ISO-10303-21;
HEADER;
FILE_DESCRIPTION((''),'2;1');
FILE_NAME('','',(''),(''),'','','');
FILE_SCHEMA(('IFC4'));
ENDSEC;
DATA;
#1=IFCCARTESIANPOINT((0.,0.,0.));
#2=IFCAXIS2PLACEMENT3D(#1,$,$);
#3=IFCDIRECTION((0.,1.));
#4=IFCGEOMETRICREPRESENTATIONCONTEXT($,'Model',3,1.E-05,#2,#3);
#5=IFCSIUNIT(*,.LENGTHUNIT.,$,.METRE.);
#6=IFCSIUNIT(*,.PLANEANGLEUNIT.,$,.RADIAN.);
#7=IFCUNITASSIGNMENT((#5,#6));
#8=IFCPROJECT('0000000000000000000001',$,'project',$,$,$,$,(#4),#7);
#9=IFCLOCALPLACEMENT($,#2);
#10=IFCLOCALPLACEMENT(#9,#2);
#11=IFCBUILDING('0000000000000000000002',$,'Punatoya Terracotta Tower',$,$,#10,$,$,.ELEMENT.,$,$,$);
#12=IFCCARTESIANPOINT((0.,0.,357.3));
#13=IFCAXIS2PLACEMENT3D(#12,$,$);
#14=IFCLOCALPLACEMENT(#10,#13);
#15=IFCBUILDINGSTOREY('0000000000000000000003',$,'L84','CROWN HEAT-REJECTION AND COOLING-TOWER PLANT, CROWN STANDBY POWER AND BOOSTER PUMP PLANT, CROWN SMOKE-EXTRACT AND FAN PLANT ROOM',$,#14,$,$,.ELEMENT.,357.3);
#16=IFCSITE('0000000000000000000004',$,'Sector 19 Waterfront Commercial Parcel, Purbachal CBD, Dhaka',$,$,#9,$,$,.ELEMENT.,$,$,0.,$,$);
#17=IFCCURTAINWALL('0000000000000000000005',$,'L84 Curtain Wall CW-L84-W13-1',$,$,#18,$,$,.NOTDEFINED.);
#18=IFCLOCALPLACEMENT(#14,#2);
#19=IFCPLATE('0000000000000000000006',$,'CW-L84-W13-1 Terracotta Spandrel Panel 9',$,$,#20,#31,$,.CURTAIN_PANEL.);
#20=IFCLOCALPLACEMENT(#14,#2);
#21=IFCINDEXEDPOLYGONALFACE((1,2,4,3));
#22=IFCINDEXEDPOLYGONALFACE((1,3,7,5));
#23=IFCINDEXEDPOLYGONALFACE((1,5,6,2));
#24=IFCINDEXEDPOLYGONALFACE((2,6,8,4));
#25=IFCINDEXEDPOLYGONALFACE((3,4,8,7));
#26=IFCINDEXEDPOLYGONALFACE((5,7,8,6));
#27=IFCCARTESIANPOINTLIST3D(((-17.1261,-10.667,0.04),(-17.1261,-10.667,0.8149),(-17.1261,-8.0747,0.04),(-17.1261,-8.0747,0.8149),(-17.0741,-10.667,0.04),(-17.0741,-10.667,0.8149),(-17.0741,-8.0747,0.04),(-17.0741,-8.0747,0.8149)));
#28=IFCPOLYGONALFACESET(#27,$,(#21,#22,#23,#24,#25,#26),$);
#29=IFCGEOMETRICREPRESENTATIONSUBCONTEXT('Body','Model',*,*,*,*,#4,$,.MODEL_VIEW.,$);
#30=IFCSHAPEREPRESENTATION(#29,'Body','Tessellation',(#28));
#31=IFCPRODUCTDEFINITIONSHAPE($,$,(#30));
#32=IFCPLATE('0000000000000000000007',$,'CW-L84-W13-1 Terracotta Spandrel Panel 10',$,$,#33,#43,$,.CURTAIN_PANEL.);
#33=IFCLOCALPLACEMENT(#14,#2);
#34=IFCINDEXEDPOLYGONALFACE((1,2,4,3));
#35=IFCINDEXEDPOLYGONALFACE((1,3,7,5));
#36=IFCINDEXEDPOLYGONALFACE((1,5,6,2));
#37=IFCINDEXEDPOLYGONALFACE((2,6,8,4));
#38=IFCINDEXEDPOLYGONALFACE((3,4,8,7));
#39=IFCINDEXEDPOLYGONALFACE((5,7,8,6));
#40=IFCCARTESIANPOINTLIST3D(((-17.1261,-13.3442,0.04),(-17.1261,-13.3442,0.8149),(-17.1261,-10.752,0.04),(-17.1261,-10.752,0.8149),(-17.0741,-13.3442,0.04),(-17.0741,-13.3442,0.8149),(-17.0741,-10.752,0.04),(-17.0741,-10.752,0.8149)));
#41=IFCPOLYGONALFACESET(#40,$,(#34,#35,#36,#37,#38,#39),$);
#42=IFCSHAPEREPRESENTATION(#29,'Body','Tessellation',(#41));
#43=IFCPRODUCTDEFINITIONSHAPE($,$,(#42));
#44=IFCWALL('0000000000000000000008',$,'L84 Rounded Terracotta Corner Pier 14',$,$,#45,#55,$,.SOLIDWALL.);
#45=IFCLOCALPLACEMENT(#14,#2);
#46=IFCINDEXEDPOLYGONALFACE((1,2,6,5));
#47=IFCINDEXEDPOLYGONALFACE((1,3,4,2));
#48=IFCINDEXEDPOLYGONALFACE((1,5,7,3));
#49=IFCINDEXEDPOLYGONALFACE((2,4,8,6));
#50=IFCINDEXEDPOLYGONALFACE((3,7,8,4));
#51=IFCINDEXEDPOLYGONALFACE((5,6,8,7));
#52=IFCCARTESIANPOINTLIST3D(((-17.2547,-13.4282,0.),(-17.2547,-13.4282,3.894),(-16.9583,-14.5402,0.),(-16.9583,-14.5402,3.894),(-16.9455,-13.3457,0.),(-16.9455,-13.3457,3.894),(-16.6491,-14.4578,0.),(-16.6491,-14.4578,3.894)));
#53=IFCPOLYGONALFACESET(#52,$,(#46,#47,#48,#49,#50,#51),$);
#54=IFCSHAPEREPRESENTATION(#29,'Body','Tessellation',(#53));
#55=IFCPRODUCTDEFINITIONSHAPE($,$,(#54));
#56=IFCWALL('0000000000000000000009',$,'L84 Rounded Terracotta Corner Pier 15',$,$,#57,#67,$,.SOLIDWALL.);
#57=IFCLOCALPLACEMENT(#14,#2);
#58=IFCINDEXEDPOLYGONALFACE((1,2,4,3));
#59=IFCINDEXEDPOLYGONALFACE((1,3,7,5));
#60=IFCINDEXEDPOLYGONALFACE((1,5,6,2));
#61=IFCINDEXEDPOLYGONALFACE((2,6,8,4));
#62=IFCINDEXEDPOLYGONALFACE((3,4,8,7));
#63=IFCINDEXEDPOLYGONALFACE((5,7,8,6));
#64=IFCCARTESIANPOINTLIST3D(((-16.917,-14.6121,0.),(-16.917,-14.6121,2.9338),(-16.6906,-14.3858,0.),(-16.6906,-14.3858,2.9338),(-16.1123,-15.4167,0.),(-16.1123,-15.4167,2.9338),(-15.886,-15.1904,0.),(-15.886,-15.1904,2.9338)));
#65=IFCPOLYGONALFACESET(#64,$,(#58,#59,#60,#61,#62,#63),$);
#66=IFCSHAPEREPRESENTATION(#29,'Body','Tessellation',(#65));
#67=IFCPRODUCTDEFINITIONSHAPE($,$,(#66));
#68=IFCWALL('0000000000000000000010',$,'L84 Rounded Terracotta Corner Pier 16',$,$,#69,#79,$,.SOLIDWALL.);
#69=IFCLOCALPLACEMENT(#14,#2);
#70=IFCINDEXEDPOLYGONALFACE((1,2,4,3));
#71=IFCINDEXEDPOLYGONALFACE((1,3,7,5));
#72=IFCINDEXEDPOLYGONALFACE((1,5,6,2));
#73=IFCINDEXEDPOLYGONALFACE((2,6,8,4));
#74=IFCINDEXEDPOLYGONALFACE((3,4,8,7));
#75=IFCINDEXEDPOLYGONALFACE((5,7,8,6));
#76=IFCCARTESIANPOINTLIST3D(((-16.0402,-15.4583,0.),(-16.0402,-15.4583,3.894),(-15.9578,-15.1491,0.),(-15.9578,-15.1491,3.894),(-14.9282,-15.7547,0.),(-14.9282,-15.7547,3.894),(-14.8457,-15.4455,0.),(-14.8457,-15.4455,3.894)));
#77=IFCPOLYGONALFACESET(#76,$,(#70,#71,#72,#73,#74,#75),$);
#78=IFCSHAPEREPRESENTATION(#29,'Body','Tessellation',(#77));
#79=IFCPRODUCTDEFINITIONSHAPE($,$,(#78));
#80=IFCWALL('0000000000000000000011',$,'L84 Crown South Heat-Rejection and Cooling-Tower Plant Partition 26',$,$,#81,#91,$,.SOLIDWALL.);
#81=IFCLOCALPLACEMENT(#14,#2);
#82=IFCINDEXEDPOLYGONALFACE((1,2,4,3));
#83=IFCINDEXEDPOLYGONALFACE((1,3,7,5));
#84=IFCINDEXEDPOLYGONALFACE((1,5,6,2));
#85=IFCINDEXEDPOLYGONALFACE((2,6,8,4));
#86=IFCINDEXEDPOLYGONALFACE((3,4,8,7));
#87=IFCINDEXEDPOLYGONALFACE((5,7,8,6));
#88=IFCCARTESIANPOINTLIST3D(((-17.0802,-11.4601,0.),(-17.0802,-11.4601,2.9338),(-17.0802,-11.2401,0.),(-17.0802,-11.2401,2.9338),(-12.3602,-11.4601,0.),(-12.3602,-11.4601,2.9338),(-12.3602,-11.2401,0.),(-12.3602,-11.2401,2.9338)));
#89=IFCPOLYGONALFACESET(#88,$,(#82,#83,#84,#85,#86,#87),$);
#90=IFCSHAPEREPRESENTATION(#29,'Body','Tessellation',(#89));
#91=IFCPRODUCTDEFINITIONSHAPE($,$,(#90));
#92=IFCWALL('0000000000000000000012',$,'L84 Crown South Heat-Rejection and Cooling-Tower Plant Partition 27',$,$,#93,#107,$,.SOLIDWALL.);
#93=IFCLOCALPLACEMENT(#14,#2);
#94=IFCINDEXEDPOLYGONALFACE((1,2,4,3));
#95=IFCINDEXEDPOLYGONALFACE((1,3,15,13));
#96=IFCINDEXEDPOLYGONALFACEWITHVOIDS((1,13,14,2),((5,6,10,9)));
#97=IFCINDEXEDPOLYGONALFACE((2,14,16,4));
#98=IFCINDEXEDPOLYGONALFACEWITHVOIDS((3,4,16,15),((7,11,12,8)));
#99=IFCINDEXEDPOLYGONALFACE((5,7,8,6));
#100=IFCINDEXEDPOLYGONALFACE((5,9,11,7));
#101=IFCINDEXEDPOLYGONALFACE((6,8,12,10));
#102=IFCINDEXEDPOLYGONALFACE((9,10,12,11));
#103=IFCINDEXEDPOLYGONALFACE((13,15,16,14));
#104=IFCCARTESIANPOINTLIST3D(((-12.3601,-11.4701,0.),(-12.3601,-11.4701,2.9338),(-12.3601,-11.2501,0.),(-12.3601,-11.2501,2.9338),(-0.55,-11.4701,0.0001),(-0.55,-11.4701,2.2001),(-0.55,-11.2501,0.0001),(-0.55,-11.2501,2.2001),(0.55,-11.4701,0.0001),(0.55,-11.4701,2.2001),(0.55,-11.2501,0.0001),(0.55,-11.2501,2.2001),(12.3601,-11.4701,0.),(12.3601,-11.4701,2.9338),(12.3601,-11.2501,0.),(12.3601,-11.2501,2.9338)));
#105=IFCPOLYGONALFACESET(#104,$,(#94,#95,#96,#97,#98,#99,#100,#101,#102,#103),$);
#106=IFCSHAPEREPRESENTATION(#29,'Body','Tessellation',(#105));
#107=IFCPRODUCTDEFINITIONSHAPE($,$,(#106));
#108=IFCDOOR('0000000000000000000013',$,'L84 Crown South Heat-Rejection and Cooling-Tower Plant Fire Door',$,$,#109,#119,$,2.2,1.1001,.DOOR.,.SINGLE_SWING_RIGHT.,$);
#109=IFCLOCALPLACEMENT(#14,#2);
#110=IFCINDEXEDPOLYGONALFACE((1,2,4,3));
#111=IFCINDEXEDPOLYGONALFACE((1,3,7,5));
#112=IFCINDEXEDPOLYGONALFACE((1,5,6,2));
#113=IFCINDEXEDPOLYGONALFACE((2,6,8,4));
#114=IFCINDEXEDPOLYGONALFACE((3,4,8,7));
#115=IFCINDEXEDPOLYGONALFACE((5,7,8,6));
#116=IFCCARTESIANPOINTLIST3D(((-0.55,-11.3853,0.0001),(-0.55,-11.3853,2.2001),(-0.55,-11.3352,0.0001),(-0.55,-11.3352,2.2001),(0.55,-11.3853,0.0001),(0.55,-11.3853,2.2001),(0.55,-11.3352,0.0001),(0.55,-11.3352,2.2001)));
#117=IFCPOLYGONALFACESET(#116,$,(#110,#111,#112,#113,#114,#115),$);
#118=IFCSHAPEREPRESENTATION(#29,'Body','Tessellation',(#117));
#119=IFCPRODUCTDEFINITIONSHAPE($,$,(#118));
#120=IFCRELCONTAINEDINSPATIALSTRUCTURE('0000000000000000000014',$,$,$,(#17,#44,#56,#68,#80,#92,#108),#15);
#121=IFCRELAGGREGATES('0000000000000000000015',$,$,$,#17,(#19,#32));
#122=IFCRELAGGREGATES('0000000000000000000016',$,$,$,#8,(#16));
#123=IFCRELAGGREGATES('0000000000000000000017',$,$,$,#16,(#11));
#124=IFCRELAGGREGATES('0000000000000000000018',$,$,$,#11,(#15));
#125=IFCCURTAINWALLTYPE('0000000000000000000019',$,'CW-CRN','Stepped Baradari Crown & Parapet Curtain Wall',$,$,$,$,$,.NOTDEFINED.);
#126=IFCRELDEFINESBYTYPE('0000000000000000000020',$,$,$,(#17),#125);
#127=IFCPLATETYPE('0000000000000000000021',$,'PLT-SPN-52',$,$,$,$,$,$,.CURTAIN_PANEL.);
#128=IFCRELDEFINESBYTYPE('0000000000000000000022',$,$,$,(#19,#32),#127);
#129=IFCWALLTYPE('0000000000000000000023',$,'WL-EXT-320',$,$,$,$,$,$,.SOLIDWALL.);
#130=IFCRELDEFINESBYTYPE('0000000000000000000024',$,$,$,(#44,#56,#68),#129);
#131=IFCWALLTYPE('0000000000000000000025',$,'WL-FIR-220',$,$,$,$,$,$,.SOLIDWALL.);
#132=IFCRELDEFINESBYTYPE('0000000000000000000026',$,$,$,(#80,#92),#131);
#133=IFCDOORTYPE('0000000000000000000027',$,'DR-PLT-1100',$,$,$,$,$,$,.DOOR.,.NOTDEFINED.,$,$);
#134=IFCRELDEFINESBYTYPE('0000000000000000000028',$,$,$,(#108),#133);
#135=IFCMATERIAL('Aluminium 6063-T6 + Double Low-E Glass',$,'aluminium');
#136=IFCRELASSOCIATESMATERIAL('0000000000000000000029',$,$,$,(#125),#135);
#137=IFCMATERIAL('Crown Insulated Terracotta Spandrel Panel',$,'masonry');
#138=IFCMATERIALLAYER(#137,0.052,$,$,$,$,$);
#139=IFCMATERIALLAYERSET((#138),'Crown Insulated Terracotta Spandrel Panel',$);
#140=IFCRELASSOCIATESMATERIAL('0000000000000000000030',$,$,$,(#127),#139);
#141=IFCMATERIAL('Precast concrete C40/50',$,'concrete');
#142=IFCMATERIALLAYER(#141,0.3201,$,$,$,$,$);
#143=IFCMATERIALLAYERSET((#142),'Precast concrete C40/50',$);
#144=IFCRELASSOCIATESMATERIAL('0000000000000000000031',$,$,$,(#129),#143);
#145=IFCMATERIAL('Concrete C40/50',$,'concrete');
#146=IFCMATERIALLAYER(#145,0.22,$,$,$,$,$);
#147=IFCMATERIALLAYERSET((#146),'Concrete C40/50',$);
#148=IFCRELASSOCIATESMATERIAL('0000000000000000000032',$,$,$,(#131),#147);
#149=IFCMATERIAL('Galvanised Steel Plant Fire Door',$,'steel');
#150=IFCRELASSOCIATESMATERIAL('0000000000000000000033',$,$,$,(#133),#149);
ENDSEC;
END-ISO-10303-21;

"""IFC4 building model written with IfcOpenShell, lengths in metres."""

from ifc_helpers import new_model, si_unit, direction, frame, frame_2d, origin, origin_2d, place, context, subcontext, project, spatial, rectangle, extrude, material, layer, layer_set, type_object, element, fill, aggregate, save


model = new_model("IFC4")

# Units and contexts
model_context = context("Model", 3, precision=1e-05, world=origin(), true_north=direction((0.0, 1.0)))
body_context = subcontext(model_context, "Body", "Model", "MODEL_VIEW")
ifc_project = project(units=[si_unit("LENGTHUNIT", "METRE"), si_unit("PLANEANGLEUNIT", "RADIAN")], contexts=[model_context])

# Site, building, storey
site_placement = place(None, origin())
site = spatial("IfcSite", under=ifc_project, at=site_placement, Name="Sector 19 Waterfront Commercial Parcel, Purbachal CBD, Dhaka", CompositionType="ELEMENT", RefElevation=0.0)
building_placement = place(site_placement, origin())
building = spatial("IfcBuilding", under=site, at=building_placement, Name="Punatoya Terracotta Tower", CompositionType="ELEMENT")
storey_placement = place(building_placement, frame((0.0, 0.0, 357.3)))
storey = spatial("IfcBuildingStorey", under=building, at=storey_placement, Name="L84", Description="CROWN HEAT-REJECTION AND COOLING-TOWER PLANT, CROWN STANDBY POWER AND BOOSTER PUMP PLANT, CROWN SMOKE-EXTRACT AND FAN PLANT ROOM", CompositionType="ELEMENT", Elevation=357.3)

# Curtain wall
ifc_material_1 = material(Name="Aluminium 6063-T6 + Double Low-E Glass", Category="aluminium")
curtain_wall_type = type_object("IfcCurtainWallType", Name="CW-CRN", Description="Stepped Baradari Crown & Parapet Curtain Wall", PredefinedType="NOTDEFINED", material=ifc_material_1)
curtain_wall_1_placement = place(storey_placement, origin())
curtain_wall_1 = element("IfcCurtainWall", 1, at=curtain_wall_1_placement, inside=storey, type_object=curtain_wall_type, Name="L84 Curtain Wall CW-L84-W13-1", PredefinedType="NOTDEFINED")

# Plates
ifc_material_2 = material(Name="Crown Insulated Terracotta Spandrel Panel", Category="masonry")
ifc_layer_1 = layer(ifc_material_2, 0.052)
ifc_layer_set_1 = layer_set([ifc_layer_1], Name="Crown Insulated Terracotta Spandrel Panel")
plate_type_1 = type_object("IfcPlateType", Name="PLT-SPN-52", PredefinedType="CURTAIN_PANEL", material=ifc_layer_set_1)
plate_1_placement = place(storey_placement, frame((-17.1001, -9.3708, 0.04), z_axis=(0.0, 0.0, 1.0), x_axis=(0.0, -1.0, 0.0)))
plate_1 = element("IfcPlate", 2, at=plate_1_placement, type_object=plate_type_1, Name="CW-L84-W13-1 Terracotta Spandrel Panel 9", PredefinedType="CURTAIN_PANEL", context=body_context, shape_type="SweptSolid", body=[
    extrude(rectangle(XDim=2.5923, YDim=0.052, at=origin_2d()), origin(), (0.0, 0.0, 1.0), 0.7749),
])
plate_2_placement = place(storey_placement, frame((-17.1001, -12.0481, 0.04), z_axis=(0.0, 0.0, 1.0), x_axis=(0.0, -1.0, 0.0)))
plate_2 = element("IfcPlate", 3, at=plate_2_placement, type_object=plate_type_1, Name="CW-L84-W13-1 Terracotta Spandrel Panel 10", PredefinedType="CURTAIN_PANEL", context=body_context, shape_type="SweptSolid", body=[
    extrude(rectangle(XDim=2.5923, YDim=0.052, at=origin_2d()), origin(), (0.0, 0.0, 1.0), 0.7749),
])
aggregate(curtain_wall_1, [plate_1, plate_2])

# Walls
ifc_material_3 = material(Name="Precast concrete C40/50", Category="concrete")
ifc_layer_2 = layer(ifc_material_3, 0.3201)
ifc_layer_set_2 = layer_set([ifc_layer_2], Name="Precast concrete C40/50")
wall_type_1 = type_object("IfcWallType", Name="WL-EXT-320", PredefinedType="SOLIDWALL", material=ifc_layer_set_2)
wall_1_placement = place(storey_placement, frame((-17.1001, -13.387, 0.0), z_axis=(0.0, 0.0, 1.0), x_axis=(0.257531, -0.96627, 0.0)))
element("IfcWall", 4, at=wall_1_placement, inside=storey, type_object=wall_type_1, Name="L84 Rounded Terracotta Corner Pier 14", PredefinedType="SOLIDWALL", context=body_context, shape_type="SweptSolid", body=[
    extrude(rectangle(XDim=1.1509, YDim=0.3201, at=frame_2d((0.5754, 0.0))), origin(), (0.0, 0.0, 1.0), 3.894),
])
wall_2_placement = place(storey_placement, frame((-16.8037, -14.499, 0.0), z_axis=(0.0, 0.0, 1.0), x_axis=(0.707107, -0.707107, 0.0)))
element("IfcWall", 5, at=wall_2_placement, inside=storey, type_object=wall_type_1, Name="L84 Rounded Terracotta Corner Pier 15", PredefinedType="SOLIDWALL", context=body_context, shape_type="SweptSolid", body=[
    extrude(rectangle(XDim=1.1379, YDim=0.3201, at=frame_2d((0.5688, 0.0))), origin(), (0.0, 0.0, 1.0), 2.9338),
])
wall_3_placement = place(storey_placement, frame((-15.999, -15.3037, 0.0), z_axis=(0.0, 0.0, 1.0), x_axis=(0.96627, -0.257531, 0.0)))
element("IfcWall", 6, at=wall_3_placement, inside=storey, type_object=wall_type_1, Name="L84 Rounded Terracotta Corner Pier 16", PredefinedType="SOLIDWALL", context=body_context, shape_type="SweptSolid", body=[
    extrude(rectangle(XDim=1.1509, YDim=0.3201, at=frame_2d((0.5754, 0.0))), origin(), (0.0, 0.0, 1.0), 3.894),
])
ifc_material_4 = material(Name="Concrete C40/50", Category="concrete")
ifc_layer_3 = layer(ifc_material_4, 0.22)
ifc_layer_set_3 = layer_set([ifc_layer_3], Name="Concrete C40/50")
wall_type_2 = type_object("IfcWallType", Name="WL-FIR-220", PredefinedType="SOLIDWALL", material=ifc_layer_set_3)
wall_4_placement = place(storey_placement, frame((-17.0801, -11.3501, 0.0), z_axis=(0.0, 0.0, 1.0), x_axis=(1.0, 0.0, 0.0)))
element("IfcWall", 7, at=wall_4_placement, inside=storey, type_object=wall_type_2, Name="L84 Crown South Heat-Rejection and Cooling-Tower Plant Partition 26", PredefinedType="SOLIDWALL", context=body_context, shape_type="SweptSolid", body=[
    extrude(rectangle(XDim=4.72, YDim=0.22, at=frame_2d((2.3599, 0.0))), origin(), (0.0, 0.0, 1.0), 2.9338),
])

# Wall, opening, door
wall_5_placement = place(storey_placement, frame((-12.3601, -11.3601, 0.0), z_axis=(0.0, 0.0, 1.0), x_axis=(1.0, 0.0, 0.0)))
wall_5 = element("IfcWall", 8, at=wall_5_placement, inside=storey, type_object=wall_type_2, Name="L84 Crown South Heat-Rejection and Cooling-Tower Plant Partition 27", PredefinedType="SOLIDWALL", context=body_context, shape_type="SweptSolid", body=[
    extrude(rectangle(XDim=24.7202, YDim=0.22, at=frame_2d((12.3601, 0.0))), origin(), (0.0, 0.0, 1.0), 2.9338),
])
opening_placement = place(wall_5_placement, frame((11.8101, 0.0, 0.0)))
opening = element("IfcOpeningElement", 9, at=opening_placement, cuts=wall_5, PredefinedType="OPENING", context=body_context, shape_type="SweptSolid", body=[
    extrude(rectangle(XDim=1.1001, YDim=2.2, at=frame_2d((0.55, 1.1001))), frame((0.0, 0.1199, 0.0), z_axis=(0.0, -1.0, 0.0), x_axis=(1.0, 0.0, 0.0)), (0.0, 0.0, 1.0), 0.24),
])
ifc_material_5 = material(Name="Galvanised Steel Plant Fire Door", Category="steel")
door_type = type_object("IfcDoorType", Name="DR-PLT-1100", OperationType="NOTDEFINED", PredefinedType="DOOR", material=ifc_material_5)
door_placement = place(opening_placement, origin())
door = element("IfcDoor", 10, at=door_placement, inside=storey, type_object=door_type, Name="L84 Crown South Heat-Rejection and Cooling-Tower Plant Fire Door", OperationType="SINGLE_SWING_RIGHT", OverallHeight=2.2, OverallWidth=1.1001, PredefinedType="DOOR", context=body_context, shape_type="SweptSolid", body=[
    extrude(rectangle(XDim=1.1001, YDim=2.2, at=frame_2d((0.55, 1.1001))), frame((0.0, 0.0249, 0.0), z_axis=(0.0, -1.0, 0.0), x_axis=(1.0, 0.0, 0.0)), (0.0, 0.0, 1.0), 0.05),
])
fill(opening, door)

save(model, "model.ifc")
